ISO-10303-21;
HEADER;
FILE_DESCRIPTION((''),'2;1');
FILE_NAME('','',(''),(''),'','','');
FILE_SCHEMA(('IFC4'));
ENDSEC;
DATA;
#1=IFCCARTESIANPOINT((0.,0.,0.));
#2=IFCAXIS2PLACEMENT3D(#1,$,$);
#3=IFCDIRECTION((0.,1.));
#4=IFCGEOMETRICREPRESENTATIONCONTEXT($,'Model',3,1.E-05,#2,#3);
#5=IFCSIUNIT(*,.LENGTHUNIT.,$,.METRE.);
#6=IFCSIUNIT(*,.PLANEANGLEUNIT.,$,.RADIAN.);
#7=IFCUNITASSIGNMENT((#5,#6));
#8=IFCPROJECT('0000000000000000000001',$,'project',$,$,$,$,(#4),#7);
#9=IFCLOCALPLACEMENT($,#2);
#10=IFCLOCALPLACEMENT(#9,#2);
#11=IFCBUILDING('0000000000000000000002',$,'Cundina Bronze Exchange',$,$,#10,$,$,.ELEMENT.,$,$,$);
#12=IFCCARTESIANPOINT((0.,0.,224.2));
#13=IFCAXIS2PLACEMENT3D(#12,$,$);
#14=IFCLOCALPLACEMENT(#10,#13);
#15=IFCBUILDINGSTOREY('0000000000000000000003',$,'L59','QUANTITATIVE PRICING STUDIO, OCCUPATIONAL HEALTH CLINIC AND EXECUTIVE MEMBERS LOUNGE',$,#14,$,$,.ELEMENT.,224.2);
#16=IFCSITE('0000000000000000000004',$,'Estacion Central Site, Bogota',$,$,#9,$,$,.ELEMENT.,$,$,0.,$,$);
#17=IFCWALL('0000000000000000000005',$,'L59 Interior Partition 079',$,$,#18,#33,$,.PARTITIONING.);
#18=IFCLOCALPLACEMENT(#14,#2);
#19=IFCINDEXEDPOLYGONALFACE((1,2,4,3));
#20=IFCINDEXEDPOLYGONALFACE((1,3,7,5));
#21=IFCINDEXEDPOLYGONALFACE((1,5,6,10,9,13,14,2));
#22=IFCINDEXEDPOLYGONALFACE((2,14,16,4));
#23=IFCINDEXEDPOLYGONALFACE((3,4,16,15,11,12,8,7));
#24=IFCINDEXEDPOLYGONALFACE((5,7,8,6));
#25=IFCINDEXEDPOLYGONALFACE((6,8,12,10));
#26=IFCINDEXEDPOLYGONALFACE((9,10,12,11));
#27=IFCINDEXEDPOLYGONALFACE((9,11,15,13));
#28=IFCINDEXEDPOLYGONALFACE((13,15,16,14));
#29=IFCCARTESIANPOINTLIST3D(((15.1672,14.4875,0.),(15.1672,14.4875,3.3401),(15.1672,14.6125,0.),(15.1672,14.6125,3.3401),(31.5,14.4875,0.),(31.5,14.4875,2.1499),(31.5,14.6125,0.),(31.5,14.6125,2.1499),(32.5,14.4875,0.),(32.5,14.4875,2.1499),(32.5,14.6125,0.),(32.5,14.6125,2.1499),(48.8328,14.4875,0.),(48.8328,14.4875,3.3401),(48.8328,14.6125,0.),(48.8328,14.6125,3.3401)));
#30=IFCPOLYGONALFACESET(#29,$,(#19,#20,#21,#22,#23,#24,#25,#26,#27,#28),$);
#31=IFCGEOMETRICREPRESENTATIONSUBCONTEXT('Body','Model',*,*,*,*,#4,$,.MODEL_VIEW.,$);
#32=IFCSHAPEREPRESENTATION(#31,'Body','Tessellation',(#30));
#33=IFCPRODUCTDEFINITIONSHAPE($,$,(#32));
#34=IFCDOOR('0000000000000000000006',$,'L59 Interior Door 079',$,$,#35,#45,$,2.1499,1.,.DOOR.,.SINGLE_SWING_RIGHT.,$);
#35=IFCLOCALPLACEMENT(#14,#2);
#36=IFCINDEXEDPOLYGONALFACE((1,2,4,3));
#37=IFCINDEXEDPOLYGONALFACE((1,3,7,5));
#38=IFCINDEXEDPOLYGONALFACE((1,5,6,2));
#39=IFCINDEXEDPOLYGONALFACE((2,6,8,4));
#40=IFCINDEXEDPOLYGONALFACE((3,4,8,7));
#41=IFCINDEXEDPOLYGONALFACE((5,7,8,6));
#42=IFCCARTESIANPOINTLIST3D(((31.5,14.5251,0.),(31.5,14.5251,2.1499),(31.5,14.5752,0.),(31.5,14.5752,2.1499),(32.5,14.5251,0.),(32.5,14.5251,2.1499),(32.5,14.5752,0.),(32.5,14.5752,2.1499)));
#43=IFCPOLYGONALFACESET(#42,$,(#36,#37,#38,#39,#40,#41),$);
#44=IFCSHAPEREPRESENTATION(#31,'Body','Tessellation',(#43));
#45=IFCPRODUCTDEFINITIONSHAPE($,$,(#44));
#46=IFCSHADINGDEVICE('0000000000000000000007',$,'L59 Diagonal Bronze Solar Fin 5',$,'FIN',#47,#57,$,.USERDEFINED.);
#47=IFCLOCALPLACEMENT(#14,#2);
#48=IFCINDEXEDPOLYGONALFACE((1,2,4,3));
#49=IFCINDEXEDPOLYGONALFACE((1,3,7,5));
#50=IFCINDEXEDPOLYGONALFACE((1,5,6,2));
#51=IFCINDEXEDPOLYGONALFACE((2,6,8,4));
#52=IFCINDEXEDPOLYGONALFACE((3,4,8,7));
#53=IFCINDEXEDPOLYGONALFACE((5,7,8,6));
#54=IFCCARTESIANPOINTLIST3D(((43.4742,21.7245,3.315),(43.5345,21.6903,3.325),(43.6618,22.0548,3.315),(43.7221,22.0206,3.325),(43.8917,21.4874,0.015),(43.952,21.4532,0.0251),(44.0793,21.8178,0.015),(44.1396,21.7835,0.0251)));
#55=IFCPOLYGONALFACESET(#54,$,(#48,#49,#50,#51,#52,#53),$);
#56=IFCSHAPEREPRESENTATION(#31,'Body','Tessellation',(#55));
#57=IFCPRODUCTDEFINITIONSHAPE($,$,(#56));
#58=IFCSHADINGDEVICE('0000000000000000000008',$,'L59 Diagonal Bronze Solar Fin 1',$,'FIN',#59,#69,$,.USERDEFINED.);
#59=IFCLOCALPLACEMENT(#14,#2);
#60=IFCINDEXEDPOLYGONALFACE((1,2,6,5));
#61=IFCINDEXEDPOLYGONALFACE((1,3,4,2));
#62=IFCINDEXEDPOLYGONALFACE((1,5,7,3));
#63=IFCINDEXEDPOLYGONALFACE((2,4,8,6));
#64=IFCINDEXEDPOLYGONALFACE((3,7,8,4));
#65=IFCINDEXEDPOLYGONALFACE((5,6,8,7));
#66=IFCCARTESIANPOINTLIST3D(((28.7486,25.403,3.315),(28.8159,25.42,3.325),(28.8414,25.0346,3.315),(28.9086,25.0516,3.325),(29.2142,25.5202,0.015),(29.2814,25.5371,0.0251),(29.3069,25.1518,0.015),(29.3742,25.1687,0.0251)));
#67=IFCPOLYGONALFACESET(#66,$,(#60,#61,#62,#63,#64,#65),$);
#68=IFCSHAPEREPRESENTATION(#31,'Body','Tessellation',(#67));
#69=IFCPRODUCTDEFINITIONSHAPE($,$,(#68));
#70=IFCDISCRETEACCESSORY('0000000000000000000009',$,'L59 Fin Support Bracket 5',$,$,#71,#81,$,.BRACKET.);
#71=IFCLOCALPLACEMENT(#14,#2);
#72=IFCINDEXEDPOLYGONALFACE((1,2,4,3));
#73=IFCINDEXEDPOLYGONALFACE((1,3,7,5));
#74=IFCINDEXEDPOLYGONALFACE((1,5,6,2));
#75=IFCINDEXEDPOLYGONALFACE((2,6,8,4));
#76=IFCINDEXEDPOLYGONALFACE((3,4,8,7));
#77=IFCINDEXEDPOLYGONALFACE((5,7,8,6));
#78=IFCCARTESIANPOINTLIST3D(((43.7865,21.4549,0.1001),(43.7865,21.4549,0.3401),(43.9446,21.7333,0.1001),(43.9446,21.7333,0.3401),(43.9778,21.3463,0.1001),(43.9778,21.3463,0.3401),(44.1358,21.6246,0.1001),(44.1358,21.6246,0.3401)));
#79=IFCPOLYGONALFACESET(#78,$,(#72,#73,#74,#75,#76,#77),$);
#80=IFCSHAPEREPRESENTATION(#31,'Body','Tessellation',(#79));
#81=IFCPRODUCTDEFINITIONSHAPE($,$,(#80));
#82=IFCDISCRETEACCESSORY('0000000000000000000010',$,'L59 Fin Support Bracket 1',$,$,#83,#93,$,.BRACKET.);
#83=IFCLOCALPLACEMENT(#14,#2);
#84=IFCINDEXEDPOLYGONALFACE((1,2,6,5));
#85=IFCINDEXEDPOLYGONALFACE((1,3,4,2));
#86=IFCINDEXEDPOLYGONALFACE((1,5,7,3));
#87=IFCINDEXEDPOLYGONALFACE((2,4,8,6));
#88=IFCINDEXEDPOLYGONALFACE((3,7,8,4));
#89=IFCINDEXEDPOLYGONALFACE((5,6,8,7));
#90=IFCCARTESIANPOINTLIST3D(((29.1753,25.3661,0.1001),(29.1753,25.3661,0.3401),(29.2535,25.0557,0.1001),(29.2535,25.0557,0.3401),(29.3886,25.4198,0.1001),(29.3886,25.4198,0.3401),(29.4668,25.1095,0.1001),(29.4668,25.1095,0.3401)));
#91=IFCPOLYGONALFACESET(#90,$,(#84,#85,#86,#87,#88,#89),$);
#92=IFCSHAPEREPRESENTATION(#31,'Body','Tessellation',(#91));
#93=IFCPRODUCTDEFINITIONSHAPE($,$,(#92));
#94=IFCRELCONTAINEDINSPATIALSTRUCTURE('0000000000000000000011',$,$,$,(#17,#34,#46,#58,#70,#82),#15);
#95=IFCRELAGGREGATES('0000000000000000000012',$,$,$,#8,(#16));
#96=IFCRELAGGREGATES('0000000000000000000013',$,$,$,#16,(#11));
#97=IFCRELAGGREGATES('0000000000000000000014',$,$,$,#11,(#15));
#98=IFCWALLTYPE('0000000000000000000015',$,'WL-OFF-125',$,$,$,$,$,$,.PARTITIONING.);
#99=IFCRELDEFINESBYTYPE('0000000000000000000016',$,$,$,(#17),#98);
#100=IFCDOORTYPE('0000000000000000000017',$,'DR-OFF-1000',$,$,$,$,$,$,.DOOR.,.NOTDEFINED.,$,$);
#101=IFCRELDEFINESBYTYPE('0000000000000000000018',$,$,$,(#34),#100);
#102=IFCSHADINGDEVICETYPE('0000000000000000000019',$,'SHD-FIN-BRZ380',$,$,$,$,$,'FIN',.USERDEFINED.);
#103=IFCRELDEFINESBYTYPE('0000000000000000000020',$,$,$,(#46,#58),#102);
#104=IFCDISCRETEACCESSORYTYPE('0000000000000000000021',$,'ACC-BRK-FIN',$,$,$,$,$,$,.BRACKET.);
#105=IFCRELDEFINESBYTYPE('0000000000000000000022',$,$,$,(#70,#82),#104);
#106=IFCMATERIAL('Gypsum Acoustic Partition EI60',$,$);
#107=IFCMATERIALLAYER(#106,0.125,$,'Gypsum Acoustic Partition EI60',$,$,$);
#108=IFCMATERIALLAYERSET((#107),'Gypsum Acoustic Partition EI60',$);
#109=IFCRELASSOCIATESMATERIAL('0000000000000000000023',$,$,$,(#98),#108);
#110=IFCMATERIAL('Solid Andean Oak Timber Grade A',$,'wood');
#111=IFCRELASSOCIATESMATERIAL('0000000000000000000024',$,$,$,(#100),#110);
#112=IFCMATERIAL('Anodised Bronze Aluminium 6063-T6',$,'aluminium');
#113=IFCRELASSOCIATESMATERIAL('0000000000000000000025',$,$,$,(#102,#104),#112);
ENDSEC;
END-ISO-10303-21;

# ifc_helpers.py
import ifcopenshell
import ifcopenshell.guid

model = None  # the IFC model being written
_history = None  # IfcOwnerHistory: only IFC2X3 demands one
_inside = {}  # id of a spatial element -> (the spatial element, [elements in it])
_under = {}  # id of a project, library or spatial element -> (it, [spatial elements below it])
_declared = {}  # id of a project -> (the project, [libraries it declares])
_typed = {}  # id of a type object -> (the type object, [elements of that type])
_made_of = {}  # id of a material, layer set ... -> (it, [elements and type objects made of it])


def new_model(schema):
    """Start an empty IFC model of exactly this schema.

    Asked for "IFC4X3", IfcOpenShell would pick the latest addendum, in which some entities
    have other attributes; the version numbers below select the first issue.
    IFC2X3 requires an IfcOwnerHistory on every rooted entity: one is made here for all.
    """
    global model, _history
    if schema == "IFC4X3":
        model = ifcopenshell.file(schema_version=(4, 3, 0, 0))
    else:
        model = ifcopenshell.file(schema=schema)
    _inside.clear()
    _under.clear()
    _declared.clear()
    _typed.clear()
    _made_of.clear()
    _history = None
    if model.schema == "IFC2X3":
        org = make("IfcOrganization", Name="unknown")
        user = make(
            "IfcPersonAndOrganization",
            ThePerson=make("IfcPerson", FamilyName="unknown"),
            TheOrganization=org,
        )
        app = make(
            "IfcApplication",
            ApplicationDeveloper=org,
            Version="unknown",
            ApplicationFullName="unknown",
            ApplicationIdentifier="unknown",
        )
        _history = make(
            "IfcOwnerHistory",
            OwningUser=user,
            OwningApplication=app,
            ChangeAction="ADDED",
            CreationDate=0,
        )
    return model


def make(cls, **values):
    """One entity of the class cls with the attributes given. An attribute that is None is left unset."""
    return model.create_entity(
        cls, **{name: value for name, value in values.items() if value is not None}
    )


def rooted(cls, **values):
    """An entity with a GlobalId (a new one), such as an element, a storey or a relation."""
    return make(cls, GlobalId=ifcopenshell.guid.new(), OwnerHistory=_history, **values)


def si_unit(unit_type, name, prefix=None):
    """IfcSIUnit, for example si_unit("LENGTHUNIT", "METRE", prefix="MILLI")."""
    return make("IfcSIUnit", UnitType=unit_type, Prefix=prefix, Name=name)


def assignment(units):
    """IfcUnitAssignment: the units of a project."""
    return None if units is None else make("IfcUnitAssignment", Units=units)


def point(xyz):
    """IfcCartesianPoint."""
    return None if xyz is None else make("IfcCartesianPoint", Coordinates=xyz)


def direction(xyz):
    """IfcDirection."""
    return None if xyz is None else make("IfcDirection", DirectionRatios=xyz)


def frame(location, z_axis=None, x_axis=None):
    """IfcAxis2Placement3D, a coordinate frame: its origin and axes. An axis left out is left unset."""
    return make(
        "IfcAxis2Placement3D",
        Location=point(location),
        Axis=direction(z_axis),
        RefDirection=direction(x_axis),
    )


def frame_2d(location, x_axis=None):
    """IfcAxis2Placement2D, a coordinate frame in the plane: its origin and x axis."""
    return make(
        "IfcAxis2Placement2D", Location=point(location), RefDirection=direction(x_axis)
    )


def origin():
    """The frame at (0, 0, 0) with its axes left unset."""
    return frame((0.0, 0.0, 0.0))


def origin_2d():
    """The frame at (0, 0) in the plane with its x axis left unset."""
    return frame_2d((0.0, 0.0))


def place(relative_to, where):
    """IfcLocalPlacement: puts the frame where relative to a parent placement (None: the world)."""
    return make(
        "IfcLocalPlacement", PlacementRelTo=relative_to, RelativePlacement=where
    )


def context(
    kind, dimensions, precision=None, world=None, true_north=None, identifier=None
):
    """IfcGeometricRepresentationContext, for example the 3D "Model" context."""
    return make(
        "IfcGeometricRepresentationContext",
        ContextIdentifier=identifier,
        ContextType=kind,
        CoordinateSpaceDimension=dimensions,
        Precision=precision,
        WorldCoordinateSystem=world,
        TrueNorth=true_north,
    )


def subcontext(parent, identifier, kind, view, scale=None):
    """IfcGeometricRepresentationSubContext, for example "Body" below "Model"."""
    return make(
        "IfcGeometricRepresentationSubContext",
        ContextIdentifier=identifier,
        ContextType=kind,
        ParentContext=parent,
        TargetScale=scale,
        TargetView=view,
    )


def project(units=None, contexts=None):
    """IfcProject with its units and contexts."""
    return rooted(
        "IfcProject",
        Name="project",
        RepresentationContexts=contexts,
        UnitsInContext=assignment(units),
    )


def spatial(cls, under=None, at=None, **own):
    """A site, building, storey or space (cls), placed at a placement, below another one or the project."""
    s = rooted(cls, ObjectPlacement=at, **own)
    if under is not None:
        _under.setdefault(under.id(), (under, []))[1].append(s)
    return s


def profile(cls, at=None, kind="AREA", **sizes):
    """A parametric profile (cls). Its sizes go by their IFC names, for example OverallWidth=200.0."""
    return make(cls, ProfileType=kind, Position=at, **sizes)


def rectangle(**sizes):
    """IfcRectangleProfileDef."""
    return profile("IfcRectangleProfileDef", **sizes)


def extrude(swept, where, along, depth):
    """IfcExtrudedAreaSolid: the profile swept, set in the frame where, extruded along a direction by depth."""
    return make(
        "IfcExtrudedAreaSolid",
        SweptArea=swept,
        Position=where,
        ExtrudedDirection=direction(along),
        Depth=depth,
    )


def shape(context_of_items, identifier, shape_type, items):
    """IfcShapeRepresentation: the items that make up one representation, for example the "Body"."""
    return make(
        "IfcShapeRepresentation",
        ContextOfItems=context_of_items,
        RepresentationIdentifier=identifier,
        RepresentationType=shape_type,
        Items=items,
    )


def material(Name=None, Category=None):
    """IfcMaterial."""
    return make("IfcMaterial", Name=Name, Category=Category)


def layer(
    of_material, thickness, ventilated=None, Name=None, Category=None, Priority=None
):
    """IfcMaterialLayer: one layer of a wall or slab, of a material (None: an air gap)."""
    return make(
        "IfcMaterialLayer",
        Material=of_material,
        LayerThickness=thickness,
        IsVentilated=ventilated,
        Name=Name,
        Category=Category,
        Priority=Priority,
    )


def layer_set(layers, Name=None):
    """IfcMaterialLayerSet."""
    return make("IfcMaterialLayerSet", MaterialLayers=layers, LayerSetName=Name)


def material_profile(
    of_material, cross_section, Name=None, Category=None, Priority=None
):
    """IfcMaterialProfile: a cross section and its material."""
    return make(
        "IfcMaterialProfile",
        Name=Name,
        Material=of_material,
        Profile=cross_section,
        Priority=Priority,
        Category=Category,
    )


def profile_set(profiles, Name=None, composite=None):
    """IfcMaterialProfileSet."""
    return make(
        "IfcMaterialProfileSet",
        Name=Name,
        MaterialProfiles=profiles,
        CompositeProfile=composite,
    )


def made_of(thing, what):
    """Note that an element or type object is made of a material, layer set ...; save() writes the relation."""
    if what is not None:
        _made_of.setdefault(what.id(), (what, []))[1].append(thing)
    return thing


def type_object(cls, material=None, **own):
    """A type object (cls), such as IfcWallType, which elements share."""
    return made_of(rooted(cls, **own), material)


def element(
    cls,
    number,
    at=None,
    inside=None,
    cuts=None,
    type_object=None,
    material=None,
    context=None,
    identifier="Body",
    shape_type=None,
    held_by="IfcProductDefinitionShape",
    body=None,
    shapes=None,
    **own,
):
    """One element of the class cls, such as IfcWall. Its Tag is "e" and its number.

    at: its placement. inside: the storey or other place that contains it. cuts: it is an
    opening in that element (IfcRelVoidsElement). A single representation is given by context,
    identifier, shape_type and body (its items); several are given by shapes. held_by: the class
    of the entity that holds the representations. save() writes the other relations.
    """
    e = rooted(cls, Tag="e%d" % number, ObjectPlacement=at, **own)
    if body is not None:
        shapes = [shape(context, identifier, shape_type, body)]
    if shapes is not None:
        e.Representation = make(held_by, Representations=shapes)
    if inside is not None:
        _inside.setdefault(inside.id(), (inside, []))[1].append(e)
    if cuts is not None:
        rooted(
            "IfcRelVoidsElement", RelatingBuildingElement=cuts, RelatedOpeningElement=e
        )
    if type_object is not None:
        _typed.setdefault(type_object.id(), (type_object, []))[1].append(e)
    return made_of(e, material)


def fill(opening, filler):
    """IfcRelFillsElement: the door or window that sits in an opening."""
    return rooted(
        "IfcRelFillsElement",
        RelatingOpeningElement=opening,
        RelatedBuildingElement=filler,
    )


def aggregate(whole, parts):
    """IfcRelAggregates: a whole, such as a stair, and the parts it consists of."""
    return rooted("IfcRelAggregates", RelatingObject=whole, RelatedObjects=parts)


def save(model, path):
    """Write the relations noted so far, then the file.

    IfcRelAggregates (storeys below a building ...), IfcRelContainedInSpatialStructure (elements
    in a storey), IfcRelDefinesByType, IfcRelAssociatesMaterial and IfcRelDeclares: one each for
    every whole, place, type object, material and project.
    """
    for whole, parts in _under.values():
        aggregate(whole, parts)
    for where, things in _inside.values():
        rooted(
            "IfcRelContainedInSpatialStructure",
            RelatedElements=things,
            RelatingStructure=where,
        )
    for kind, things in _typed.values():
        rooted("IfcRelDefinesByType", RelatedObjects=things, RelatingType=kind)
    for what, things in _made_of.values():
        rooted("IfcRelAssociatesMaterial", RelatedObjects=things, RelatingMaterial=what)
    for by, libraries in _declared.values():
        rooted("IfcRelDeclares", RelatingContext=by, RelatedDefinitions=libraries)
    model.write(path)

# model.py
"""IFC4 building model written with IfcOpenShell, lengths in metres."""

from ifc_helpers import new_model, si_unit, direction, frame, frame_2d, origin, origin_2d, place, context, subcontext, project, spatial, rectangle, extrude, material, layer, layer_set, material_profile, profile_set, type_object, element, fill, save


model = new_model("IFC4")

# Units and contexts
model_context = context("Model", 3, precision=1e-05, world=origin(), true_north=direction((0.0, 1.0)))
body_context = subcontext(model_context, "Body", "Model", "MODEL_VIEW")
ifc_project = project(units=[si_unit("LENGTHUNIT", "METRE"), si_unit("PLANEANGLEUNIT", "RADIAN")], contexts=[model_context])

# Site, building, storey
site_placement = place(None, origin())
site = spatial("IfcSite", under=ifc_project, at=site_placement, Name="Estacion Central Site, Bogota", CompositionType="ELEMENT", RefElevation=0.0)
building_placement = place(site_placement, origin())
building = spatial("IfcBuilding", under=site, at=building_placement, Name="Cundina Bronze Exchange", CompositionType="ELEMENT")
storey_placement = place(building_placement, frame((0.0, 0.0, 224.2)))
storey = spatial("IfcBuildingStorey", under=building, at=storey_placement, Name="L59", Description="QUANTITATIVE PRICING STUDIO, OCCUPATIONAL HEALTH CLINIC AND EXECUTIVE MEMBERS LOUNGE", CompositionType="ELEMENT", Elevation=224.2)

# Shared definitions
ifc_material_1 = material(Name="Anodised Bronze Aluminium 6063-T6", Category="aluminium")

# Wall, opening, door
ifc_material_2 = material(Name="Gypsum Acoustic Partition EI60")
ifc_layer_1 = layer(ifc_material_2, 0.125, Name="Gypsum Acoustic Partition EI60")
ifc_layer_set_1 = layer_set([ifc_layer_1], Name="Gypsum Acoustic Partition EI60")
wall_type = type_object("IfcWallType", Name="WL-OFF-125", PredefinedType="PARTITIONING", material=ifc_layer_set_1)
wall_placement = place(storey_placement, frame((48.8328, 14.55, 0.0), z_axis=(0.0, 0.0, 1.0), x_axis=(-1.0, 0.0, 0.0)))
wall = element("IfcWall", 1, at=wall_placement, inside=storey, type_object=wall_type, Name="L59 Interior Partition 079", PredefinedType="PARTITIONING", context=body_context, shape_type="SweptSolid", body=[
    extrude(rectangle(XDim=33.6655, YDim=0.125, at=frame_2d((16.8328, 0.0))), origin(), (0.0, 0.0, 1.0), 3.3401),
])
opening_placement = place(wall_placement, frame((16.3328, 0.0, 0.0)))
opening = element("IfcOpeningElement", 2, at=opening_placement, cuts=wall, PredefinedType="OPENING", context=body_context, shape_type="SweptSolid", body=[
    extrude(rectangle(XDim=1.0, YDim=2.1499, at=frame_2d((0.5, 1.075))), frame((0.0, 0.0725, 0.0), z_axis=(0.0, -1.0, 0.0), x_axis=(1.0, 0.0, 0.0)), (0.0, 0.0, 1.0), 0.145),
])
ifc_material_3 = material(Name="Solid Andean Oak Timber Grade A", Category="wood")
door_type = type_object("IfcDoorType", Name="DR-OFF-1000", OperationType="NOTDEFINED", PredefinedType="DOOR", material=ifc_material_3)
door_placement = place(opening_placement, origin())
door = element("IfcDoor", 3, at=door_placement, inside=storey, type_object=door_type, Name="L59 Interior Door 079", OperationType="SINGLE_SWING_RIGHT", OverallHeight=2.1499, OverallWidth=1.0, PredefinedType="DOOR", context=body_context, shape_type="SweptSolid", body=[
    extrude(rectangle(XDim=1.0, YDim=2.1499, at=frame_2d((0.5, 1.075))), frame((0.0, 0.0249, 0.0), z_axis=(0.0, -1.0, 0.0), x_axis=(1.0, 0.0, 0.0)), (0.0, 0.0, 1.0), 0.05),
])
fill(opening, door)

# Shading devices
ifc_material_profile_1 = material_profile(ifc_material_1, rectangle(XDim=0.0701, YDim=0.3799, at=origin_2d()), Name="FIN70X380", Category="aluminium")
ifc_profile_set_1 = profile_set([ifc_material_profile_1], Name="Anodised Bronze Aluminium 6063-T6")
shading_device_type = type_object("IfcShadingDeviceType", Name="SHD-FIN-BRZ380", ElementType="FIN", PredefinedType="USERDEFINED", material=ifc_profile_set_1)
for number, where, z_axis, x_axis, name in (
    (4, (44.0156, 21.6355, 0.02), (-0.12519, 0.071087, 0.989583), (0.860527, -0.488638, 0.143965), "L59 Diagonal Bronze Solar Fin 5"),
    (5, (29.2942, 25.3445, 0.02), (-0.139612, -0.035141, 0.989583), (0.95965, 0.241548, 0.143967), "L59 Diagonal Bronze Solar Fin 1"),
):
    element("IfcShadingDevice", number, at=place(storey_placement, frame(where, z_axis=z_axis, x_axis=x_axis)), inside=storey, type_object=shading_device_type, Name=name, ObjectType="FIN", PredefinedType="USERDEFINED", context=body_context, shape_type="SweptSolid", body=[
        extrude(rectangle(XDim=0.0701, YDim=0.3799, at=origin_2d()), origin(), (0.0, 0.0, 1.0), 3.3347),
    ])

# Discrete accessories
discrete_accessory_type = type_object("IfcDiscreteAccessoryType", Name="ACC-BRK-FIN", PredefinedType="BRACKET", material=ifc_material_1)
for number, where, z_axis, x_axis, name in (
    (6, (43.9612, 21.5398, 0.1001), (0.0, 0.0, 1.0), (-0.869573, 0.493805, 0.0), "L59 Fin Support Bracket 5"),
    (7, (29.321, 25.2378, 0.1001), (0.0, 0.0, 1.0), (-0.969732, -0.244174, 0.0), "L59 Fin Support Bracket 1"),
):
    element("IfcDiscreteAccessory", number, at=place(storey_placement, frame(where, z_axis=z_axis, x_axis=x_axis)), inside=storey, type_object=discrete_accessory_type, Name=name, PredefinedType="BRACKET", context=body_context, shape_type="SweptSolid", body=[
        extrude(rectangle(XDim=0.22, YDim=0.3201, at=origin_2d()), origin(), (0.0, 0.0, 1.0), 0.24),
    ])

save(model, "model.ifc")
